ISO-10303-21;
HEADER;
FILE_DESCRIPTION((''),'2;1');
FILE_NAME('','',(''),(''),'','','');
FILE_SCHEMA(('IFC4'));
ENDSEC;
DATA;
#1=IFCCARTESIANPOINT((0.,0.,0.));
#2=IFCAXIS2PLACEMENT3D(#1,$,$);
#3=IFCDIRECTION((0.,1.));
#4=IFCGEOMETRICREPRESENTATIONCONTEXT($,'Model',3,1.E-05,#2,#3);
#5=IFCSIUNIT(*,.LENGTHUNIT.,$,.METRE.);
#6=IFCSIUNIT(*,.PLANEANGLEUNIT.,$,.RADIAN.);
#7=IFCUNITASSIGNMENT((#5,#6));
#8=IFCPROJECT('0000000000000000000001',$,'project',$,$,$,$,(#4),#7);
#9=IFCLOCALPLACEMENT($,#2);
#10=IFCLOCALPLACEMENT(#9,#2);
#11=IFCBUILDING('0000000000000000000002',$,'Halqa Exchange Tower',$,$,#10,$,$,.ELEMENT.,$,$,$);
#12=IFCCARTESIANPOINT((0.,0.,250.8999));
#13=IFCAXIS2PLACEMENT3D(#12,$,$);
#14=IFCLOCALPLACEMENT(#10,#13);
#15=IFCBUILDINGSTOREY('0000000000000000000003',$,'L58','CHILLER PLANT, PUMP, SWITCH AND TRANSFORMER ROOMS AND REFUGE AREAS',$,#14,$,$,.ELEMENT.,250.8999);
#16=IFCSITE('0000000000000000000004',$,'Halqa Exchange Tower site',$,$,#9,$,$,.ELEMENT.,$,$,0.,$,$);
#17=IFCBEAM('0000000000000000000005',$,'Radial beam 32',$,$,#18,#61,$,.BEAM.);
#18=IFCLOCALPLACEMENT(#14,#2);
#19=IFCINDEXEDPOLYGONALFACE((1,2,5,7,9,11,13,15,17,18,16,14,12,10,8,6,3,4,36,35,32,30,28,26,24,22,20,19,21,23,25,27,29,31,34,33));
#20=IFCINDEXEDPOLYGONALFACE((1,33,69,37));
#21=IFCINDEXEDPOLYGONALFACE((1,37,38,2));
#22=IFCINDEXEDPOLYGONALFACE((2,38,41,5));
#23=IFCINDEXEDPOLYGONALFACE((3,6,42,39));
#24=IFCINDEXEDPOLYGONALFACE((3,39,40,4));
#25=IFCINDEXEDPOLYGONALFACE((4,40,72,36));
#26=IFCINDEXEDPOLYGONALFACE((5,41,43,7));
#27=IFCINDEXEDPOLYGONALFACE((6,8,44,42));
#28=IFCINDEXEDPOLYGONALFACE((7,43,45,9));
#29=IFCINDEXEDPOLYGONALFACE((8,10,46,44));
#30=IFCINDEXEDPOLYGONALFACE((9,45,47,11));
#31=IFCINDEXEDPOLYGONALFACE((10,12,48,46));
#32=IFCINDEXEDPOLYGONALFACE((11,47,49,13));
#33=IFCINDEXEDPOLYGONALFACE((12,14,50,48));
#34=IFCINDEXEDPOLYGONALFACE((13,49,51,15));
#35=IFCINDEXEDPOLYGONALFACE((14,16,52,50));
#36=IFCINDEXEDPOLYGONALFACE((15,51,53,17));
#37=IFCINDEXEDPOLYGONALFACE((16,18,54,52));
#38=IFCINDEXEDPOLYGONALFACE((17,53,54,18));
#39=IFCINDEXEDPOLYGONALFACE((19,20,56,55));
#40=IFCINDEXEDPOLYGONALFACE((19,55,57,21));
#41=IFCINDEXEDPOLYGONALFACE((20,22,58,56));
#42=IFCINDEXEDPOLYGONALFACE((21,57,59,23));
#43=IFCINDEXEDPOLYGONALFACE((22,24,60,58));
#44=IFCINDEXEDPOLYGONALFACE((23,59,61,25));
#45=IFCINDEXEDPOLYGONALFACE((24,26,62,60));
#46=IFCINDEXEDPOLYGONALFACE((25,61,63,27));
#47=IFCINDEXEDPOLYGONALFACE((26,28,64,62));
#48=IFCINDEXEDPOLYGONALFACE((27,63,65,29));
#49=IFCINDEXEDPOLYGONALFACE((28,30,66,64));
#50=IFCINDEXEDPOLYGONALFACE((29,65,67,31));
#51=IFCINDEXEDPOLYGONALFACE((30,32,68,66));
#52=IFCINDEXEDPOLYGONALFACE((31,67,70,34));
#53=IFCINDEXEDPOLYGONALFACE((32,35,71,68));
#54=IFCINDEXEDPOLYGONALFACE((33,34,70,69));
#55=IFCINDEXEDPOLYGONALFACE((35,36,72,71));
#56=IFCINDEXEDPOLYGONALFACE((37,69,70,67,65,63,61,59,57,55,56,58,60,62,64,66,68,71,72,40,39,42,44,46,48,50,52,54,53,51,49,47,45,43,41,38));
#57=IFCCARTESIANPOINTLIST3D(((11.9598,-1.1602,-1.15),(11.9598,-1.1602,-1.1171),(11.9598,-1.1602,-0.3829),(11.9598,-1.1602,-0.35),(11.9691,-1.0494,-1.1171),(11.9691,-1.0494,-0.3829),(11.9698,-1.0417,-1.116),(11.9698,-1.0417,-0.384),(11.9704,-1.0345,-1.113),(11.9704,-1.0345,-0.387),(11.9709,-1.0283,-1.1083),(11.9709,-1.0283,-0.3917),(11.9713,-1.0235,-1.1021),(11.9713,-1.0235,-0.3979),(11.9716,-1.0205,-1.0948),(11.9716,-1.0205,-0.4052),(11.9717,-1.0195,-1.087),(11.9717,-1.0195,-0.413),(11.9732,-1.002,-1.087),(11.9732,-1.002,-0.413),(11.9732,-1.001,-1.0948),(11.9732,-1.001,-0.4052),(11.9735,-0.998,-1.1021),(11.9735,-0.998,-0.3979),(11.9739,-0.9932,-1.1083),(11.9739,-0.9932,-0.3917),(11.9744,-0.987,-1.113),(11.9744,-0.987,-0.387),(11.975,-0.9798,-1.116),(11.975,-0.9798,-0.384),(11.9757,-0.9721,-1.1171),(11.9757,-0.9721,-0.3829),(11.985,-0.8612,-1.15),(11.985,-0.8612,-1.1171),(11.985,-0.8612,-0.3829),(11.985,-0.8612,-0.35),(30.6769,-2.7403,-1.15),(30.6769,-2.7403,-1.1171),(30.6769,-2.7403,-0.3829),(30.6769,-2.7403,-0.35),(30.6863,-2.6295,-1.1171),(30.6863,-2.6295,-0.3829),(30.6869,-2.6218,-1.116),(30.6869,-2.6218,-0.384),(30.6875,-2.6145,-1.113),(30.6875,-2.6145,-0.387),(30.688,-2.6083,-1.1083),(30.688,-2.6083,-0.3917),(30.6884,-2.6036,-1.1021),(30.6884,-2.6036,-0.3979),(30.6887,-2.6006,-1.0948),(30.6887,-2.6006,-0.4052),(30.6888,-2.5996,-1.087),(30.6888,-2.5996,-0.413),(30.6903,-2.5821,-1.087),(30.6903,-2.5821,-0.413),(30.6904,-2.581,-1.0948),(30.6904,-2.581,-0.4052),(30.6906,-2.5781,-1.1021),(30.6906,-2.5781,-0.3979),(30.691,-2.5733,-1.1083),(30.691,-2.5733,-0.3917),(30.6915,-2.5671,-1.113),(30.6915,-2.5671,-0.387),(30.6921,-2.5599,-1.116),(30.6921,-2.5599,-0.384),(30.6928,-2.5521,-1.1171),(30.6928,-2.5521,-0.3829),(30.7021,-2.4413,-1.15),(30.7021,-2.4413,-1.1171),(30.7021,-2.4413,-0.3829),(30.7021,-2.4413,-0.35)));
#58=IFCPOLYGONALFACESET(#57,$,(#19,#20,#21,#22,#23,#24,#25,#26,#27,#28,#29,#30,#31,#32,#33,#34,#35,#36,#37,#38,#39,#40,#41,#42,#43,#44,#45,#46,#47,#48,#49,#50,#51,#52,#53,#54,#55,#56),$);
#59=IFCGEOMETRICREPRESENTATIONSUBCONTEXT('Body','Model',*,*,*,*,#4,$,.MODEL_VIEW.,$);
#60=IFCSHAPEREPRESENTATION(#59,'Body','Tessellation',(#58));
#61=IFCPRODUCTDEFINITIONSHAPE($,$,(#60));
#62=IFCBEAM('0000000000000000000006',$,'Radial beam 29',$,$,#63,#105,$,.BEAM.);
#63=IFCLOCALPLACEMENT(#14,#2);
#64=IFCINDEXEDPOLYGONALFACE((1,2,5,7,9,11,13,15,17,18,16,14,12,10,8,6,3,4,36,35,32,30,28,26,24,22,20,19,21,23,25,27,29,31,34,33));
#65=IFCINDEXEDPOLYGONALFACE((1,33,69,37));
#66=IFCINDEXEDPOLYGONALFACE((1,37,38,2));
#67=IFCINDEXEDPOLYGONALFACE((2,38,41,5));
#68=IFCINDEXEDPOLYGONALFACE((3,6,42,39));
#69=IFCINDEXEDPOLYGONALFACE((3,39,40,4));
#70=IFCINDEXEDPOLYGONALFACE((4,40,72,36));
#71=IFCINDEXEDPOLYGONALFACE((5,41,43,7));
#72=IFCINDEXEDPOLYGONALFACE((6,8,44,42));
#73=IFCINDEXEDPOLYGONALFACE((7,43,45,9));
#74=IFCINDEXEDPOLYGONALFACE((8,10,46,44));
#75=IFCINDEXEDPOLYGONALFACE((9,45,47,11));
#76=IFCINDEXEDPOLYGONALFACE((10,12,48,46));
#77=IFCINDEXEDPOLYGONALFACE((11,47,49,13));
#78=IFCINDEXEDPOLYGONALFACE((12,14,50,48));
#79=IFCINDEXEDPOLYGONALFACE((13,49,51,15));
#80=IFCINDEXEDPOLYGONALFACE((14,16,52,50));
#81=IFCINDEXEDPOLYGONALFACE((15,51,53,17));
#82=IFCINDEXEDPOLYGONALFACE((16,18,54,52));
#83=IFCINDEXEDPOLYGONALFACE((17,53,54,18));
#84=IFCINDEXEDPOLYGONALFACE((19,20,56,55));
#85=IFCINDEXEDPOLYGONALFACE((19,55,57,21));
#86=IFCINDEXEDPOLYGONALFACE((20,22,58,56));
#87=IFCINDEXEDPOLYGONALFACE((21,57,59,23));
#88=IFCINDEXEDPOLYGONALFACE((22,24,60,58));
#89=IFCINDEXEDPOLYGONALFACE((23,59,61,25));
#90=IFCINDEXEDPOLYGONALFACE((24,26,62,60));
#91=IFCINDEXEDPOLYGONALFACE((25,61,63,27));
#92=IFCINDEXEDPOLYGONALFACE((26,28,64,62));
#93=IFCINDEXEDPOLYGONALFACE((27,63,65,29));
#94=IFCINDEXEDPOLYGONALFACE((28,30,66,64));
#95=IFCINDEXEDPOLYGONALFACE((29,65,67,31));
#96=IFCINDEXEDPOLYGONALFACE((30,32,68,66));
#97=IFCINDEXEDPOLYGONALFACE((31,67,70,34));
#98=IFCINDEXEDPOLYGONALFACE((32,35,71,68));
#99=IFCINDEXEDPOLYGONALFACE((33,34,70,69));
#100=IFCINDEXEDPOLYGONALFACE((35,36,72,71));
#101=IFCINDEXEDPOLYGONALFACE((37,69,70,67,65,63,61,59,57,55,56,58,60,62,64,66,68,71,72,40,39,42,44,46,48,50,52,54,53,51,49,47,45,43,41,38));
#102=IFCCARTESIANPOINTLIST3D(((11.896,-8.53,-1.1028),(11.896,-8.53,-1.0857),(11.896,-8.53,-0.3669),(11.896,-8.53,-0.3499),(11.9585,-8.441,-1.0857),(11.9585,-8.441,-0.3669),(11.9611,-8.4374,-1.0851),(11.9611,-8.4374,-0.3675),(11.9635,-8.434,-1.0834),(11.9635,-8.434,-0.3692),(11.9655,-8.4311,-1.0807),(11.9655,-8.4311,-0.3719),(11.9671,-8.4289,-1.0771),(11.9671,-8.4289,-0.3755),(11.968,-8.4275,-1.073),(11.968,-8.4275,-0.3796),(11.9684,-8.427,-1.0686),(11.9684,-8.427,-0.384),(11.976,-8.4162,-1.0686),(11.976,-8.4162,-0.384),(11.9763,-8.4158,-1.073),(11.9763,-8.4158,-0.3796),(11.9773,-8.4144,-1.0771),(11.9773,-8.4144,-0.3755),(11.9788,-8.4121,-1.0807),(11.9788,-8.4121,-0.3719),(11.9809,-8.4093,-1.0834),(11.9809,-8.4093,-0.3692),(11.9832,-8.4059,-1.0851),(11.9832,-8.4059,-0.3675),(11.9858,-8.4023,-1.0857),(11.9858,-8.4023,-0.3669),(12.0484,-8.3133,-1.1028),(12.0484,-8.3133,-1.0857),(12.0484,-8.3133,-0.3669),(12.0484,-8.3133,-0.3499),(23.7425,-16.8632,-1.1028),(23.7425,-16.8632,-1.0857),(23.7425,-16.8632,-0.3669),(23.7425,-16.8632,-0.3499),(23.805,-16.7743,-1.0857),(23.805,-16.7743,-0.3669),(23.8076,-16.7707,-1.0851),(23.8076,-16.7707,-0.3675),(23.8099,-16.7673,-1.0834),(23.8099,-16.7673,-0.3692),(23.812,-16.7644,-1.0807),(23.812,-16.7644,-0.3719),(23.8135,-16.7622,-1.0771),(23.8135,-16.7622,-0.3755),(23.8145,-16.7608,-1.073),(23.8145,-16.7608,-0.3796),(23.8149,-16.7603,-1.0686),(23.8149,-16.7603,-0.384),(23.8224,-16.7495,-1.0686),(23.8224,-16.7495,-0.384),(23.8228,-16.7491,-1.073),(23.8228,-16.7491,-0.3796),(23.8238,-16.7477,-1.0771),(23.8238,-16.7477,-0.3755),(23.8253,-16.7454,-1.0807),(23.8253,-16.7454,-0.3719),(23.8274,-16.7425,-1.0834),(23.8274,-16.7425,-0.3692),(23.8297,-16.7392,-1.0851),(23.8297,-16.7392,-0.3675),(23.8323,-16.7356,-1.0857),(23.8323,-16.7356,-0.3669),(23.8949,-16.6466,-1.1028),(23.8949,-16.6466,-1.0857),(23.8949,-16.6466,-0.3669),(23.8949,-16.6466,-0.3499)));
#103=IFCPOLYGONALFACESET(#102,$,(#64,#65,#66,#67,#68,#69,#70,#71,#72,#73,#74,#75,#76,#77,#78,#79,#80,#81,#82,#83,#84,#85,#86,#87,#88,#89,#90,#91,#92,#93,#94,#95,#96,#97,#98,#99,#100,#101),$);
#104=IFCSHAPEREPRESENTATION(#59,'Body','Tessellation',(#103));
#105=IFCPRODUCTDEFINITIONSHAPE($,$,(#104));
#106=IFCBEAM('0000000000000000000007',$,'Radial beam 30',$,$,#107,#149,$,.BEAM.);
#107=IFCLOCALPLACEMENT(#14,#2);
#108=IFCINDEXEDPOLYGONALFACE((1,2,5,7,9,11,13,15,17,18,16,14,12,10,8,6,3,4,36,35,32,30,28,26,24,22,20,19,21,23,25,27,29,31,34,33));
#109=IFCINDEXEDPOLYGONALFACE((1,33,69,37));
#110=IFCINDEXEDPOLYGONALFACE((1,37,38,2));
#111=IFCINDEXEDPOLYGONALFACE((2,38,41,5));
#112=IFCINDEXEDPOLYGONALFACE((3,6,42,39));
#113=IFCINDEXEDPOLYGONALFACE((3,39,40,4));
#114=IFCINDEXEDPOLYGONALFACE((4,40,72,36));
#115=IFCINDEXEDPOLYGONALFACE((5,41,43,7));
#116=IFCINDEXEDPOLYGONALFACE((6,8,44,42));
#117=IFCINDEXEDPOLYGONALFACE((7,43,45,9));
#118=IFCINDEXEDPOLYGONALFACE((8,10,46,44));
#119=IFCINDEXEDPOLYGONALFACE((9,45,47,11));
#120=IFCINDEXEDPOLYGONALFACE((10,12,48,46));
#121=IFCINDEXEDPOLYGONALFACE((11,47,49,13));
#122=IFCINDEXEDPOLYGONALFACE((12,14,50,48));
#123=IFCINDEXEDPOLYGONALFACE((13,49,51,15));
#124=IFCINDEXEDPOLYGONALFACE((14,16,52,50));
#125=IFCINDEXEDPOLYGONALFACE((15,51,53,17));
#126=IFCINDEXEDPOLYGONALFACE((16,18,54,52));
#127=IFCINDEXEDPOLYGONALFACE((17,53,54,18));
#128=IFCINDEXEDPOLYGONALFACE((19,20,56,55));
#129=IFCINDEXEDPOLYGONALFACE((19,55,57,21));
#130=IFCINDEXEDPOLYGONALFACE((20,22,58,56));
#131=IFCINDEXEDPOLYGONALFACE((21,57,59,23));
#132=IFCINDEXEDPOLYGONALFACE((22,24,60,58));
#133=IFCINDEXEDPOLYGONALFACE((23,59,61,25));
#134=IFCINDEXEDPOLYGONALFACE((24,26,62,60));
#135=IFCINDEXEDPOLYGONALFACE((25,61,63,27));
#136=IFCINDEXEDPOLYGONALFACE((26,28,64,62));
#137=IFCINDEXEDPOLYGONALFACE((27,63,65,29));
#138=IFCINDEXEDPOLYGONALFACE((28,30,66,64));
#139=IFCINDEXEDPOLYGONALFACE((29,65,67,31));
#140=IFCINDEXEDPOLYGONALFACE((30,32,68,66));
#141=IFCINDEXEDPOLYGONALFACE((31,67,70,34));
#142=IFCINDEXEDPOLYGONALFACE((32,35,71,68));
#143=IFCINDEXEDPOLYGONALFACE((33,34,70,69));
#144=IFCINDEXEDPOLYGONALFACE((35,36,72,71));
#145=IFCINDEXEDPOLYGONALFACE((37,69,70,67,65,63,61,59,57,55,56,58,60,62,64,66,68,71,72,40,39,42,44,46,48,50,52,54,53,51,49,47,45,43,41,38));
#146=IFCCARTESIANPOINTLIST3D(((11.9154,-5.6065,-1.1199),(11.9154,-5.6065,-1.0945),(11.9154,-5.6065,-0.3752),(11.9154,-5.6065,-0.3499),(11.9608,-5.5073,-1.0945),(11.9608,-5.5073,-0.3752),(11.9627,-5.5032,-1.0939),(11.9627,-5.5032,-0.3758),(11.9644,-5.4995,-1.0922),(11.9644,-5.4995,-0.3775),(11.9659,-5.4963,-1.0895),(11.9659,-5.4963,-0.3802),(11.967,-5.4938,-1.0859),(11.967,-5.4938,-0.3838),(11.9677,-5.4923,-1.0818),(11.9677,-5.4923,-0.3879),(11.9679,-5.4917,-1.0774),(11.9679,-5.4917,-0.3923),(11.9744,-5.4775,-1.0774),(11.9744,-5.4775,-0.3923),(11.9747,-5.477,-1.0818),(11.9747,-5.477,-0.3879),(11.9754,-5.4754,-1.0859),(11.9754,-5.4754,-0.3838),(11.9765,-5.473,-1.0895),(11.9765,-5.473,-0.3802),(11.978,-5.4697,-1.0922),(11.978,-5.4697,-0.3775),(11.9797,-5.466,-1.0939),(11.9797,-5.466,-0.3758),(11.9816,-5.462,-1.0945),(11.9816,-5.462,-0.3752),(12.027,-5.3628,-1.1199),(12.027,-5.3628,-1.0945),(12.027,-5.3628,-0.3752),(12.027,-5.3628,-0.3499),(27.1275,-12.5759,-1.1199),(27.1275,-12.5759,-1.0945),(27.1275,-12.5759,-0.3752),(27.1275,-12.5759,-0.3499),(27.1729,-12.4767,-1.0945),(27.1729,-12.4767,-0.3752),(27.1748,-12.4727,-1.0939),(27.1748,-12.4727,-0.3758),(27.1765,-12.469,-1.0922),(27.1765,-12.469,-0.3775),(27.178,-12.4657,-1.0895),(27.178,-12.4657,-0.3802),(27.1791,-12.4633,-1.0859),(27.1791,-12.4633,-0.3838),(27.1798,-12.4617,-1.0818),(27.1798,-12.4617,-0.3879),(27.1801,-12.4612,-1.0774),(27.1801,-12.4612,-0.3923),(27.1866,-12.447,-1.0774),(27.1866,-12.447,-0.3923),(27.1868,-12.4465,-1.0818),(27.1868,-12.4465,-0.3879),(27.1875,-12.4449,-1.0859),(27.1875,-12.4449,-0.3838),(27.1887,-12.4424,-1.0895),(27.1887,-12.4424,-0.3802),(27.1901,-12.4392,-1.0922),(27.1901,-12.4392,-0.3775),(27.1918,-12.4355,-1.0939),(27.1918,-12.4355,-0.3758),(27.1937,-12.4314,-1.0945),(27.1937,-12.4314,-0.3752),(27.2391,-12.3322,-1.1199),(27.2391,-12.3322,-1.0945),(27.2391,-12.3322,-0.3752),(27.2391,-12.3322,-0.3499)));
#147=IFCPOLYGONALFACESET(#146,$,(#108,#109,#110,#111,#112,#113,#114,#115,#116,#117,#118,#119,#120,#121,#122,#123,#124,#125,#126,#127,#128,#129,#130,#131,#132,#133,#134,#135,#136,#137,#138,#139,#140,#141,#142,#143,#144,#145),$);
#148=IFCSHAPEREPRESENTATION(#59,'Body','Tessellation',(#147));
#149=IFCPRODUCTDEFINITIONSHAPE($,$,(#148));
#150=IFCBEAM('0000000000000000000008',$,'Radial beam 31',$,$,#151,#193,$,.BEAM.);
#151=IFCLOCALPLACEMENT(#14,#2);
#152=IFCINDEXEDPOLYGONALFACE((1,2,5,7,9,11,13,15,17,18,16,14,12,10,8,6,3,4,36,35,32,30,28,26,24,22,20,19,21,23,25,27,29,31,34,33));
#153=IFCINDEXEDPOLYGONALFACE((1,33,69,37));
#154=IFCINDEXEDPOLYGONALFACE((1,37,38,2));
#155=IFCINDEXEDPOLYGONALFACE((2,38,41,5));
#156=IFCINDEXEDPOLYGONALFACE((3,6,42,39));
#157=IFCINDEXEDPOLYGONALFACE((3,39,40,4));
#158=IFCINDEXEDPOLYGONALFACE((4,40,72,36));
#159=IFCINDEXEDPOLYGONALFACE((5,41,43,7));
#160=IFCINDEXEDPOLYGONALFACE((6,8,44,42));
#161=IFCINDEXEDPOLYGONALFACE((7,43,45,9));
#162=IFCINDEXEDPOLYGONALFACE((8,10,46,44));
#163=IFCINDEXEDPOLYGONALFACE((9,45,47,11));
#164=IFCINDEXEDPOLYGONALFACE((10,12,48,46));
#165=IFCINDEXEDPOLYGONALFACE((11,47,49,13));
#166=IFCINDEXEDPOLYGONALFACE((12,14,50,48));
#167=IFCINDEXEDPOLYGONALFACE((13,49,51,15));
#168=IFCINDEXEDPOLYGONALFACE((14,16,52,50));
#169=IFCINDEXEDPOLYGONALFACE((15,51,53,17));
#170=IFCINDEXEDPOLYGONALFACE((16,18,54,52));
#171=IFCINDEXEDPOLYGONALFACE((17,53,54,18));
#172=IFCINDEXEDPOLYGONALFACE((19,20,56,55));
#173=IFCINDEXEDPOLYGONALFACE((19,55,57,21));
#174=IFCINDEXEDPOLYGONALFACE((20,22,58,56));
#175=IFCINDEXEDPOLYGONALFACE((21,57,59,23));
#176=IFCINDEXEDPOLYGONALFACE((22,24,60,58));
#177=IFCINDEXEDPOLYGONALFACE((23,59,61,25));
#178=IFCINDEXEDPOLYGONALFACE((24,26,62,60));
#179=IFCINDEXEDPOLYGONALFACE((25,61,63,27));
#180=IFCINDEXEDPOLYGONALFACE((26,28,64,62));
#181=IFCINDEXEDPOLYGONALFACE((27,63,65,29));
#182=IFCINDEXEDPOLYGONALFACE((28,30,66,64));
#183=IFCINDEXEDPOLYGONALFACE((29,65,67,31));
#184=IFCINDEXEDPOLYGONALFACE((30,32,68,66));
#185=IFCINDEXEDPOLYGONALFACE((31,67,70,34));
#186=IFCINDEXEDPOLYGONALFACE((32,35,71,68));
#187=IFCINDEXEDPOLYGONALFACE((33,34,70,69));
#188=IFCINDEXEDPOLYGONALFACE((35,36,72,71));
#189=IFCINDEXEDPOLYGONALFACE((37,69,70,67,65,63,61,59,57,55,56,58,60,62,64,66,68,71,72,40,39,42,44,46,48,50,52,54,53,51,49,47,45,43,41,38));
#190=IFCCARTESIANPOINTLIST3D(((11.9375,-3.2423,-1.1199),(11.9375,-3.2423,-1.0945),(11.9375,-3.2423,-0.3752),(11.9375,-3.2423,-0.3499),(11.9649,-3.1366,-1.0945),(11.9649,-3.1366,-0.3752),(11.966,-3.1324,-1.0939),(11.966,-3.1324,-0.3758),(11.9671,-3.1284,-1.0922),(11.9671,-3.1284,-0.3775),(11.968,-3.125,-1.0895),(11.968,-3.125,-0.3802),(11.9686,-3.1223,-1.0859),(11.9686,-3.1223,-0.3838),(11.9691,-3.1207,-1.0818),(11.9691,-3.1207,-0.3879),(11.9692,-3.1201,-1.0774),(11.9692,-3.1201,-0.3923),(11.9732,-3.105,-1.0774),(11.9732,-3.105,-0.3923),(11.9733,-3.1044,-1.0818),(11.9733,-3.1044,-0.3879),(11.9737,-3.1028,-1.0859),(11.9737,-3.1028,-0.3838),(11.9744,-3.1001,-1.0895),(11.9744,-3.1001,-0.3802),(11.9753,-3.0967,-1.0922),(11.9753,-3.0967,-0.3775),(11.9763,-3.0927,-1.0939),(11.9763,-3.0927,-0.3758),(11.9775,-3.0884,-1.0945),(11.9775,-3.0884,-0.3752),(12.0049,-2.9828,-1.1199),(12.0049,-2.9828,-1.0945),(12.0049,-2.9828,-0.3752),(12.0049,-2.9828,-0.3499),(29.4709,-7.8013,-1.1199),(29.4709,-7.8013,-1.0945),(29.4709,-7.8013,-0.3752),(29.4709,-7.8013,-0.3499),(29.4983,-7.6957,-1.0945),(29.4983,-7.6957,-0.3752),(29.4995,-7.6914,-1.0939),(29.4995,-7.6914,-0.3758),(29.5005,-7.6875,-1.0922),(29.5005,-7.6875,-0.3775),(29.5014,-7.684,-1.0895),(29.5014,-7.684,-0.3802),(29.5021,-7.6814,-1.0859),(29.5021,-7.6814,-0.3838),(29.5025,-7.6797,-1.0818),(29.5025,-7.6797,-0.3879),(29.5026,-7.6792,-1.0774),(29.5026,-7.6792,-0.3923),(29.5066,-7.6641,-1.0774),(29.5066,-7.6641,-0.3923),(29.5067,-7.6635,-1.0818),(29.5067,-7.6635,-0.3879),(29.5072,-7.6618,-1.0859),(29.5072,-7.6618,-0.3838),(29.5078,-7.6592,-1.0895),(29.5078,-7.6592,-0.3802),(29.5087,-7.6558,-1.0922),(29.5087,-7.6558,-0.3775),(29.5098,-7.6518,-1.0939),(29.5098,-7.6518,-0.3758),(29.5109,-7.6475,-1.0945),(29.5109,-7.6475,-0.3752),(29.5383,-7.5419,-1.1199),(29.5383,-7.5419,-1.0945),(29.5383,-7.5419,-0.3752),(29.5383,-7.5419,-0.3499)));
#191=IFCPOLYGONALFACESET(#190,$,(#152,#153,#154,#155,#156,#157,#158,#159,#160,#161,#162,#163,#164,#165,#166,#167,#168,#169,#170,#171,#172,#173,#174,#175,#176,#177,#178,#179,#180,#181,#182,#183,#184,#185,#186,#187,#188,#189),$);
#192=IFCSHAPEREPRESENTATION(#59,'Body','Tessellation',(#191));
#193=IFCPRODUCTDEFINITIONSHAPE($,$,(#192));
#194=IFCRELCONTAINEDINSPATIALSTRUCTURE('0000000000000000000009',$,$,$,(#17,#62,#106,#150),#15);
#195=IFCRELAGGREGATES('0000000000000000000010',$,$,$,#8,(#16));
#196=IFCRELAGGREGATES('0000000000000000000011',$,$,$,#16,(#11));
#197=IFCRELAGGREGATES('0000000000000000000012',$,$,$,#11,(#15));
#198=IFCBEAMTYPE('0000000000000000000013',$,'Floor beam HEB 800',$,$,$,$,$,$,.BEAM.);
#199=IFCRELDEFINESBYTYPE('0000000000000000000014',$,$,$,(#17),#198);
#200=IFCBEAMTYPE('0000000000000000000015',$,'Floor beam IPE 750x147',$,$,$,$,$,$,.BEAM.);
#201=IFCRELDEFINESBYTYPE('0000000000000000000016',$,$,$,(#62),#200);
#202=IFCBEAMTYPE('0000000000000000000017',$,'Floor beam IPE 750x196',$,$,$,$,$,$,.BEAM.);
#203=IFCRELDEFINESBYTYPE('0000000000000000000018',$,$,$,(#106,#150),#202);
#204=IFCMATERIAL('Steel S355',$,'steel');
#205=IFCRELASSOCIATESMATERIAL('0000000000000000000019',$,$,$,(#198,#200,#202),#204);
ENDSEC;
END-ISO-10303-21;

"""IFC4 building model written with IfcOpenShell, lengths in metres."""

from ifc_helpers import new_model, si_unit, direction, frame, origin, origin_2d, place, context, subcontext, project, spatial, i_section, extrude, material, material_profile, profile_set, type_object, element, save


model = new_model("IFC4")

# Units and contexts
model_context = context("Model", 3, precision=1e-05, world=origin(), true_north=direction((0.0, 1.0)))
body_context = subcontext(model_context, "Body", "Model", "MODEL_VIEW")
ifc_project = project(units=[si_unit("LENGTHUNIT", "METRE"), si_unit("PLANEANGLEUNIT", "RADIAN")], contexts=[model_context])

# Site, building, storey
site_placement = place(None, origin())
site = spatial("IfcSite", under=ifc_project, at=site_placement, Name="Halqa Exchange Tower site", CompositionType="ELEMENT", RefElevation=0.0)
building_placement = place(site_placement, origin())
building = spatial("IfcBuilding", under=site, at=building_placement, Name="Halqa Exchange Tower", CompositionType="ELEMENT")
storey_placement = place(building_placement, frame((0.0, 0.0, 250.8999)))
storey = spatial("IfcBuildingStorey", under=building, at=storey_placement, Name="L58", Description="CHILLER PLANT, PUMP, SWITCH AND TRANSFORMER ROOMS AND REFUGE AREAS", CompositionType="ELEMENT", Elevation=250.8999)

# Beams
ifc_material_1 = material(Name="Steel S355", Category="steel")
ifc_material_profile_1 = material_profile(ifc_material_1, i_section(OverallWidth=0.3, OverallDepth=0.8, WebThickness=0.0176, FlangeThickness=0.033, FilletRadius=0.03, at=origin_2d()), Name="HEB 800")
ifc_profile_set_1 = profile_set([ifc_material_profile_1], Name="Steel S355")
beam_type_1 = type_object("IfcBeamType", Name="Floor beam HEB 800", PredefinedType="BEAM", material=ifc_profile_set_1)
beam_1_placement = place(storey_placement, frame((11.9724, -1.0107, -0.75), z_axis=(0.996456, -0.08412, 0.0), x_axis=(0.08412, 0.996456, 0.0)))
element("IfcBeam", 1, at=beam_1_placement, inside=storey, type_object=beam_type_1, Name="Radial beam 32", PredefinedType="BEAM", context=body_context, shape_type="SweptSolid", body=[
    extrude(i_section(OverallWidth=0.3, OverallDepth=0.8, WebThickness=0.0176, FlangeThickness=0.033, FilletRadius=0.03, at=origin_2d()), origin(), (0.0, 0.0, 1.0), 18.7837),
])
ifc_material_profile_2 = material_profile(ifc_material_1, i_section(OverallWidth=0.2649, OverallDepth=0.7529, WebThickness=0.0132, FlangeThickness=0.0171, FilletRadius=0.0171, at=origin_2d()), Name="IPE 750x147")
ifc_profile_set_2 = profile_set([ifc_material_profile_2], Name="Steel S355")
beam_type_2 = type_object("IfcBeamType", Name="Floor beam IPE 750x147", PredefinedType="BEAM", material=ifc_profile_set_2)
beam_2_placement = place(storey_placement, frame((11.9722, -8.4216, -0.7263), z_axis=(0.817908, -0.575349, 0.0), x_axis=(0.575349, 0.817908, 0.0)))
element("IfcBeam", 2, at=beam_2_placement, inside=storey, type_object=beam_type_2, Name="Radial beam 29", PredefinedType="BEAM", context=body_context, shape_type="SweptSolid", body=[
    extrude(i_section(OverallWidth=0.2649, OverallDepth=0.7529, WebThickness=0.0132, FlangeThickness=0.0171, FilletRadius=0.0171, at=origin_2d()), origin(), (0.0, 0.0, 1.0), 14.4839),
])
ifc_material_profile_3 = material_profile(ifc_material_1, i_section(OverallWidth=0.2681, OverallDepth=0.77, WebThickness=0.0156, FlangeThickness=0.0254, FilletRadius=0.0171, at=origin_2d()), Name="IPE 750x196")
ifc_profile_set_3 = profile_set([ifc_material_profile_3], Name="Steel S355")
beam_type_3 = type_object("IfcBeamType", Name="Floor beam IPE 750x196", PredefinedType="BEAM", material=ifc_profile_set_3)
beam_3_placement = place(storey_placement, frame((11.9712, -5.4846, -0.7349), z_axis=(0.909127, -0.416519, 0.0), x_axis=(0.416519, 0.909127, 0.0)))
element("IfcBeam", 3, at=beam_3_placement, inside=storey, type_object=beam_type_3, Name="Radial beam 30", PredefinedType="BEAM", context=body_context, shape_type="SweptSolid", body=[
    extrude(i_section(OverallWidth=0.2681, OverallDepth=0.77, WebThickness=0.0156, FlangeThickness=0.0254, FilletRadius=0.0171, at=origin_2d()), origin(), (0.0, 0.0, 1.0), 16.7327),
])
beam_4_placement = place(storey_placement, frame((11.9712, -3.1125, -0.7349), z_axis=(0.967817, -0.251654, 0.0), x_axis=(0.251654, 0.967817, 0.0)))
element("IfcBeam", 4, at=beam_4_placement, inside=storey, type_object=beam_type_3, Name="Radial beam 31", PredefinedType="BEAM", context=body_context, shape_type="SweptSolid", body=[
    extrude(i_section(OverallWidth=0.2681, OverallDepth=0.77, WebThickness=0.0156, FlangeThickness=0.0254, FilletRadius=0.0171, at=origin_2d()), origin(), (0.0, 0.0, 1.0), 18.1165),
])

save(model, "model.ifc")
